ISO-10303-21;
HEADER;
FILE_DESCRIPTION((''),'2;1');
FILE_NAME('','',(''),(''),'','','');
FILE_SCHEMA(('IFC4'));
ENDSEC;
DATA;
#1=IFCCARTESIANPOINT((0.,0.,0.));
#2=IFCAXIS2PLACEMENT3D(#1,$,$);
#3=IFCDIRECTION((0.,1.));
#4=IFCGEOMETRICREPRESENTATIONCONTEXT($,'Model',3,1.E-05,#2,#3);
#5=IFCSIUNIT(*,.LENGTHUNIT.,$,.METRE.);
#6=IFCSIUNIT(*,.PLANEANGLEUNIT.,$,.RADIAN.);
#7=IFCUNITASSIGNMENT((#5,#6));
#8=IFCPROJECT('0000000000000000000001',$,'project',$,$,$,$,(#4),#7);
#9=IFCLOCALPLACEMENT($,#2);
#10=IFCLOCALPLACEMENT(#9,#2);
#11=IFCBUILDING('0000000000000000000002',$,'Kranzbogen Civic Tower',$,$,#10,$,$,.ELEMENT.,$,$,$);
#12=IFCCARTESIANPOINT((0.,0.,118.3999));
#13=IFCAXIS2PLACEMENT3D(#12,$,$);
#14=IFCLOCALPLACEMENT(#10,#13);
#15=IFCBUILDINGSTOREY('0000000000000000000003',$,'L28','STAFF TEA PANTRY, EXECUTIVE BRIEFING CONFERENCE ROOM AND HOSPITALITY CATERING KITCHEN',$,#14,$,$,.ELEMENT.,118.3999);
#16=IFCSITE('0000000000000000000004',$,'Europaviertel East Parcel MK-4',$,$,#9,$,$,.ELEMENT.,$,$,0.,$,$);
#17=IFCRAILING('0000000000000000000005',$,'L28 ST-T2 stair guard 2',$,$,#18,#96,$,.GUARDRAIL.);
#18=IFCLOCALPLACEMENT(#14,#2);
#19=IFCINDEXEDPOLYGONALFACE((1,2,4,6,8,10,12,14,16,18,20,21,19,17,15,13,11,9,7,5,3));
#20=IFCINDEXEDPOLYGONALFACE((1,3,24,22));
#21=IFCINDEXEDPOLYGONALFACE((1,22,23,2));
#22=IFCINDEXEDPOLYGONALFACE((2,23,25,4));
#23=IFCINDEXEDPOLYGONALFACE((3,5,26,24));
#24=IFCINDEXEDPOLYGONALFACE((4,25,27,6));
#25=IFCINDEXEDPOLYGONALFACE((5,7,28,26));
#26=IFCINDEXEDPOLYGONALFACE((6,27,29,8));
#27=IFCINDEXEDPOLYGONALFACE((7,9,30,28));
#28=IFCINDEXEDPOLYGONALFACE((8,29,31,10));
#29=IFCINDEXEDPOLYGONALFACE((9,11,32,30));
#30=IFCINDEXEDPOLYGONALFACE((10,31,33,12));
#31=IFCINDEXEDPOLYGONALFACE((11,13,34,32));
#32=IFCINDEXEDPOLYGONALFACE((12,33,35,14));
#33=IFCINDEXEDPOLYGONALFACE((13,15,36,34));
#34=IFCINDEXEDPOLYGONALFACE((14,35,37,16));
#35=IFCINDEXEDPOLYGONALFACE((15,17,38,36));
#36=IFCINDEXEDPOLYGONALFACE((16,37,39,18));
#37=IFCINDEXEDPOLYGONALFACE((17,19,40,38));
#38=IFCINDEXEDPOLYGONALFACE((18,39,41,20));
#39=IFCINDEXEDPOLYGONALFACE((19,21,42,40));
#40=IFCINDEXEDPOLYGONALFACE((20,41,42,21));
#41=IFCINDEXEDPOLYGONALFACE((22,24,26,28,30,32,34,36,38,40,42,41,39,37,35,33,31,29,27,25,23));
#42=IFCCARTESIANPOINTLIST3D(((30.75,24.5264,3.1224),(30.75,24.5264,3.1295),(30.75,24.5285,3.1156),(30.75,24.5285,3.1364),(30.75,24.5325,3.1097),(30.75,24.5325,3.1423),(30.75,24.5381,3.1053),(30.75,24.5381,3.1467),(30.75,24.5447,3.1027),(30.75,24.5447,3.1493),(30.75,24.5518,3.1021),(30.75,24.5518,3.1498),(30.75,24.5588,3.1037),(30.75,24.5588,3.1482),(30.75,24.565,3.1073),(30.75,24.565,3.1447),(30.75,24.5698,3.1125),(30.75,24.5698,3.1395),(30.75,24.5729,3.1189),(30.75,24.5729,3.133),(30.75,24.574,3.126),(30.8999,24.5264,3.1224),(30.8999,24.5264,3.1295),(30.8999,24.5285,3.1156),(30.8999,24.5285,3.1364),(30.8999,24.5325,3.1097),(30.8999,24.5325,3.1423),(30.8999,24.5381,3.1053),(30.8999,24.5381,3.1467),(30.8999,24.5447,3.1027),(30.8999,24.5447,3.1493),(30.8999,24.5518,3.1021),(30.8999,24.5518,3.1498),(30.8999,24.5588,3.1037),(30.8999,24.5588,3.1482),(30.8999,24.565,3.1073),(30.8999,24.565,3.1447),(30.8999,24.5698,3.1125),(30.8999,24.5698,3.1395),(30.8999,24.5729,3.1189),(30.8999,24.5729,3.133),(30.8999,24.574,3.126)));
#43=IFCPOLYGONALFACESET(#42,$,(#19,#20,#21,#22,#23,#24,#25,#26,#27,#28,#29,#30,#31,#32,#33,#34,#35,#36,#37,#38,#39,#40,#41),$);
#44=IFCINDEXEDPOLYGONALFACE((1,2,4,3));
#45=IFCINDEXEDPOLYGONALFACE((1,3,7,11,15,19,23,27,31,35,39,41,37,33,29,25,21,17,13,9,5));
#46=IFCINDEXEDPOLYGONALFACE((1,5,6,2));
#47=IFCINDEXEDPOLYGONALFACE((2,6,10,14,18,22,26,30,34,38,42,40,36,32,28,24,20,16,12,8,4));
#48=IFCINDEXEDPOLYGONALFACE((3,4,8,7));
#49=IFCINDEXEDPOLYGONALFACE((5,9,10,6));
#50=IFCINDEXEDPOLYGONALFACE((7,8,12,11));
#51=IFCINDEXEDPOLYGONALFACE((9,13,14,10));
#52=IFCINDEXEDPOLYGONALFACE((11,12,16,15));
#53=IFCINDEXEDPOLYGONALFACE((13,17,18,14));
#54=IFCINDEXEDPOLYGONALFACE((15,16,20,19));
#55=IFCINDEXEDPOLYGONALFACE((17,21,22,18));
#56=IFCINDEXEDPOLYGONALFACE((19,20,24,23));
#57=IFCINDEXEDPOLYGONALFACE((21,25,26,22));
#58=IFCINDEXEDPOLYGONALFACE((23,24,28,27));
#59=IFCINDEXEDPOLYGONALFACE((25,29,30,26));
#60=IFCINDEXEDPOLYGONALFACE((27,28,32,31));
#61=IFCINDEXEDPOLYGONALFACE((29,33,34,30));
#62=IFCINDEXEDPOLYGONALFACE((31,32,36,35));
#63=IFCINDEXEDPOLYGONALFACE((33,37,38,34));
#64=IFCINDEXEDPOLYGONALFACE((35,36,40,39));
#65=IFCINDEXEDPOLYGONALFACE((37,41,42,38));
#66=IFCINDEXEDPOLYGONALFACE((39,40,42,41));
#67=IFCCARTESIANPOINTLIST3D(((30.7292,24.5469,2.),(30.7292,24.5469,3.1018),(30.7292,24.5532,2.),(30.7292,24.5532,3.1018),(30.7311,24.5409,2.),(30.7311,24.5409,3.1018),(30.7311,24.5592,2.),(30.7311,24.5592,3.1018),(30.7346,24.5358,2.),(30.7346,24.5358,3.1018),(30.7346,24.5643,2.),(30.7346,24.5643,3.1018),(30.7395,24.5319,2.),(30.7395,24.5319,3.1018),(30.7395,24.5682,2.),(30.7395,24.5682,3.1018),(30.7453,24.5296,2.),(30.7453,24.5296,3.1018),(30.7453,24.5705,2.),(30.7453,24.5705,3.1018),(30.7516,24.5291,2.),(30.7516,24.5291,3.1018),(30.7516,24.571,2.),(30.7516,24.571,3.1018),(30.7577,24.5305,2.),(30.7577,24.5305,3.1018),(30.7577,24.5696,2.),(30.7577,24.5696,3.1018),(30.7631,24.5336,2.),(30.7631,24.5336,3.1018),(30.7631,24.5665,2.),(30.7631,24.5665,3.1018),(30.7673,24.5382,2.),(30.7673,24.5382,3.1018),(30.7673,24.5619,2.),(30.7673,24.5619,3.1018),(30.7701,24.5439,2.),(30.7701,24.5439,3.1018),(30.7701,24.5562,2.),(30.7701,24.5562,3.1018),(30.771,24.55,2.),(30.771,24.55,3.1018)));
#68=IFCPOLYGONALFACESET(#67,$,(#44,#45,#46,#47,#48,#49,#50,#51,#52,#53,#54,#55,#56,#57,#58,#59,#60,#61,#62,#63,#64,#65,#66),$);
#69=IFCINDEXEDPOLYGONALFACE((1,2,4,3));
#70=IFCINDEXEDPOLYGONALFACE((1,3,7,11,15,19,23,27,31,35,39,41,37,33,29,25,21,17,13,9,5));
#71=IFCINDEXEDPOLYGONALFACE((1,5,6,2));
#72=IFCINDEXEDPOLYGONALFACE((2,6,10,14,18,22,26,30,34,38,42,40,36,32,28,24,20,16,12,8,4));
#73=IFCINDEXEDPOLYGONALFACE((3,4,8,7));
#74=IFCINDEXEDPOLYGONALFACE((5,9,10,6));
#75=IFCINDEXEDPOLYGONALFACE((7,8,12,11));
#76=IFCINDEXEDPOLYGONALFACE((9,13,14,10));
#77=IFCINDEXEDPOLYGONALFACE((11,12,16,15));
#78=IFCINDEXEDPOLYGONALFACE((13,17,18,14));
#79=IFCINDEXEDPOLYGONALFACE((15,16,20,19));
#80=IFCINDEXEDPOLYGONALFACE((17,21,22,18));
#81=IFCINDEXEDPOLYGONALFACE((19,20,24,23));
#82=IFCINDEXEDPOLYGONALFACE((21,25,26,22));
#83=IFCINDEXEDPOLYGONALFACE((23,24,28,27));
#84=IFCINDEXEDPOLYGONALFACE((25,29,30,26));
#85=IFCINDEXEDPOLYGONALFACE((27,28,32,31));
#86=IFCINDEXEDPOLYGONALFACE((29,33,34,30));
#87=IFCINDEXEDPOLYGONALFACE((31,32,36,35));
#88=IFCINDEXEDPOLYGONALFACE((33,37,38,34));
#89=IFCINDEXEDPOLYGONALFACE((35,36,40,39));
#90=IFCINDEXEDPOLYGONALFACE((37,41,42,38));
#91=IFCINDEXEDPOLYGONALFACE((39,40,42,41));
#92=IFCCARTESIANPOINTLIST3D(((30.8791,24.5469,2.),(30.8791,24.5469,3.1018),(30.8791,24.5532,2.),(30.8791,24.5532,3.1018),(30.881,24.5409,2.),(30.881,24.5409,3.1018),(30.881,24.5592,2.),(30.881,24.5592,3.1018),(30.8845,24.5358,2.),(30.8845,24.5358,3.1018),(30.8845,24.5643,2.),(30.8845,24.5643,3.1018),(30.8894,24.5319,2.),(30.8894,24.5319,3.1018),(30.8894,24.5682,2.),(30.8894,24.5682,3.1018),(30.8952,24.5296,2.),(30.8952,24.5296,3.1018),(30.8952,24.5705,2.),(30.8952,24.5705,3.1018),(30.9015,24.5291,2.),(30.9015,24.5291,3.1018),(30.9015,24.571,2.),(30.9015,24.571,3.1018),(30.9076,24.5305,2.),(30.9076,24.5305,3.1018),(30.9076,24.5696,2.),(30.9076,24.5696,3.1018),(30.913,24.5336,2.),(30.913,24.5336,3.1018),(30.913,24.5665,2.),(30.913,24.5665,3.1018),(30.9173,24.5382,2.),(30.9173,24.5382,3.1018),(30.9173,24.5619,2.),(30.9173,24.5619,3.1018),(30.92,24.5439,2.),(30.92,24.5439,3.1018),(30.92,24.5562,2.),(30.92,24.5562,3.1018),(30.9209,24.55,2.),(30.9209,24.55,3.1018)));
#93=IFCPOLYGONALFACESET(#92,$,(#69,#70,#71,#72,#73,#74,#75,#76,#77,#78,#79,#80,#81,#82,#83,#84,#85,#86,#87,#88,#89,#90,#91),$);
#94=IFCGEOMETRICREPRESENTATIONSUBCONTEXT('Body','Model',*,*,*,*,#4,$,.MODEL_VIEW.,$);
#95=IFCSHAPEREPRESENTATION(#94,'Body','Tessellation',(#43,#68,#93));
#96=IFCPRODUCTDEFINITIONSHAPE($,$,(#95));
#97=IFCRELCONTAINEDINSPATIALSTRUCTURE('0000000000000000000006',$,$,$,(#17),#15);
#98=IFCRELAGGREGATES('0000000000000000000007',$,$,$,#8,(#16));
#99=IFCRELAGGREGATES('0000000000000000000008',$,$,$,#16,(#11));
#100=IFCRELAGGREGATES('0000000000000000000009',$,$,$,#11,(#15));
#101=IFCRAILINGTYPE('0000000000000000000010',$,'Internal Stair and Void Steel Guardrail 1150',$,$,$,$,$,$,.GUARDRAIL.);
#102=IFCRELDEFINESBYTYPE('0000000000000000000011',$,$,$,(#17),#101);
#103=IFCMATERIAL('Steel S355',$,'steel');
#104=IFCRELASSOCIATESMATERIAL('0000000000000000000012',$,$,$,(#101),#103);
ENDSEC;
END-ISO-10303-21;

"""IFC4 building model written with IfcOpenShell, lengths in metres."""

from ifc_helpers import new_model, si_unit, direction, frame, origin, origin_2d, place, context, subcontext, project, spatial, circle, extrude, material, type_object, element, save


model = new_model("IFC4")

# Units and contexts
model_context = context("Model", 3, precision=1e-05, world=origin(), true_north=direction((0.0, 1.0)))
body_context = subcontext(model_context, "Body", "Model", "MODEL_VIEW")
ifc_project = project(units=[si_unit("LENGTHUNIT", "METRE"), si_unit("PLANEANGLEUNIT", "RADIAN")], contexts=[model_context])

# Site, building, storey
site_placement = place(None, origin())
site = spatial("IfcSite", under=ifc_project, at=site_placement, Name="Europaviertel East Parcel MK-4", CompositionType="ELEMENT", RefElevation=0.0)
building_placement = place(site_placement, origin())
building = spatial("IfcBuilding", under=site, at=building_placement, Name="Kranzbogen Civic Tower", CompositionType="ELEMENT")
storey_placement = place(building_placement, frame((0.0, 0.0, 118.3999)))
storey = spatial("IfcBuildingStorey", under=building, at=storey_placement, Name="L28", Description="STAFF TEA PANTRY, EXECUTIVE BRIEFING CONFERENCE ROOM AND HOSPITALITY CATERING KITCHEN", CompositionType="ELEMENT", Elevation=118.3999)

# Shared definitions
ifc_material_1 = material(Name="Steel S355", Category="steel")

# Railing
railing_type_1 = type_object("IfcRailingType", Name="Internal Stair and Void Steel Guardrail 1150", PredefinedType="GUARDRAIL", material=ifc_material_1)
railing_1_placement = place(storey_placement, frame((30.75, 24.55, 2.0)))
element("IfcRailing", 1, at=railing_1_placement, inside=storey, type_object=railing_type_1, Name="L28 ST-T2 stair guard 2", PredefinedType="GUARDRAIL", context=body_context, shape_type="SweptSolid", body=[
    extrude(circle(Radius=0.0239, at=origin_2d()), frame((0.0, 0.0, 1.126), z_axis=(1.0, 0.0, 0.0), x_axis=(0.0, 1.0, 0.0)), (0.0, 0.0, 1.0), 0.1499),
    extrude(circle(Radius=0.021, at=origin_2d()), origin(), (0.0, 0.0, 1.0), 1.1018),
    extrude(circle(Radius=0.021, at=origin_2d()), frame((0.1499, 0.0, 0.0)), (0.0, 0.0, 1.0), 1.1018),
])

save(model, "model.ifc")
